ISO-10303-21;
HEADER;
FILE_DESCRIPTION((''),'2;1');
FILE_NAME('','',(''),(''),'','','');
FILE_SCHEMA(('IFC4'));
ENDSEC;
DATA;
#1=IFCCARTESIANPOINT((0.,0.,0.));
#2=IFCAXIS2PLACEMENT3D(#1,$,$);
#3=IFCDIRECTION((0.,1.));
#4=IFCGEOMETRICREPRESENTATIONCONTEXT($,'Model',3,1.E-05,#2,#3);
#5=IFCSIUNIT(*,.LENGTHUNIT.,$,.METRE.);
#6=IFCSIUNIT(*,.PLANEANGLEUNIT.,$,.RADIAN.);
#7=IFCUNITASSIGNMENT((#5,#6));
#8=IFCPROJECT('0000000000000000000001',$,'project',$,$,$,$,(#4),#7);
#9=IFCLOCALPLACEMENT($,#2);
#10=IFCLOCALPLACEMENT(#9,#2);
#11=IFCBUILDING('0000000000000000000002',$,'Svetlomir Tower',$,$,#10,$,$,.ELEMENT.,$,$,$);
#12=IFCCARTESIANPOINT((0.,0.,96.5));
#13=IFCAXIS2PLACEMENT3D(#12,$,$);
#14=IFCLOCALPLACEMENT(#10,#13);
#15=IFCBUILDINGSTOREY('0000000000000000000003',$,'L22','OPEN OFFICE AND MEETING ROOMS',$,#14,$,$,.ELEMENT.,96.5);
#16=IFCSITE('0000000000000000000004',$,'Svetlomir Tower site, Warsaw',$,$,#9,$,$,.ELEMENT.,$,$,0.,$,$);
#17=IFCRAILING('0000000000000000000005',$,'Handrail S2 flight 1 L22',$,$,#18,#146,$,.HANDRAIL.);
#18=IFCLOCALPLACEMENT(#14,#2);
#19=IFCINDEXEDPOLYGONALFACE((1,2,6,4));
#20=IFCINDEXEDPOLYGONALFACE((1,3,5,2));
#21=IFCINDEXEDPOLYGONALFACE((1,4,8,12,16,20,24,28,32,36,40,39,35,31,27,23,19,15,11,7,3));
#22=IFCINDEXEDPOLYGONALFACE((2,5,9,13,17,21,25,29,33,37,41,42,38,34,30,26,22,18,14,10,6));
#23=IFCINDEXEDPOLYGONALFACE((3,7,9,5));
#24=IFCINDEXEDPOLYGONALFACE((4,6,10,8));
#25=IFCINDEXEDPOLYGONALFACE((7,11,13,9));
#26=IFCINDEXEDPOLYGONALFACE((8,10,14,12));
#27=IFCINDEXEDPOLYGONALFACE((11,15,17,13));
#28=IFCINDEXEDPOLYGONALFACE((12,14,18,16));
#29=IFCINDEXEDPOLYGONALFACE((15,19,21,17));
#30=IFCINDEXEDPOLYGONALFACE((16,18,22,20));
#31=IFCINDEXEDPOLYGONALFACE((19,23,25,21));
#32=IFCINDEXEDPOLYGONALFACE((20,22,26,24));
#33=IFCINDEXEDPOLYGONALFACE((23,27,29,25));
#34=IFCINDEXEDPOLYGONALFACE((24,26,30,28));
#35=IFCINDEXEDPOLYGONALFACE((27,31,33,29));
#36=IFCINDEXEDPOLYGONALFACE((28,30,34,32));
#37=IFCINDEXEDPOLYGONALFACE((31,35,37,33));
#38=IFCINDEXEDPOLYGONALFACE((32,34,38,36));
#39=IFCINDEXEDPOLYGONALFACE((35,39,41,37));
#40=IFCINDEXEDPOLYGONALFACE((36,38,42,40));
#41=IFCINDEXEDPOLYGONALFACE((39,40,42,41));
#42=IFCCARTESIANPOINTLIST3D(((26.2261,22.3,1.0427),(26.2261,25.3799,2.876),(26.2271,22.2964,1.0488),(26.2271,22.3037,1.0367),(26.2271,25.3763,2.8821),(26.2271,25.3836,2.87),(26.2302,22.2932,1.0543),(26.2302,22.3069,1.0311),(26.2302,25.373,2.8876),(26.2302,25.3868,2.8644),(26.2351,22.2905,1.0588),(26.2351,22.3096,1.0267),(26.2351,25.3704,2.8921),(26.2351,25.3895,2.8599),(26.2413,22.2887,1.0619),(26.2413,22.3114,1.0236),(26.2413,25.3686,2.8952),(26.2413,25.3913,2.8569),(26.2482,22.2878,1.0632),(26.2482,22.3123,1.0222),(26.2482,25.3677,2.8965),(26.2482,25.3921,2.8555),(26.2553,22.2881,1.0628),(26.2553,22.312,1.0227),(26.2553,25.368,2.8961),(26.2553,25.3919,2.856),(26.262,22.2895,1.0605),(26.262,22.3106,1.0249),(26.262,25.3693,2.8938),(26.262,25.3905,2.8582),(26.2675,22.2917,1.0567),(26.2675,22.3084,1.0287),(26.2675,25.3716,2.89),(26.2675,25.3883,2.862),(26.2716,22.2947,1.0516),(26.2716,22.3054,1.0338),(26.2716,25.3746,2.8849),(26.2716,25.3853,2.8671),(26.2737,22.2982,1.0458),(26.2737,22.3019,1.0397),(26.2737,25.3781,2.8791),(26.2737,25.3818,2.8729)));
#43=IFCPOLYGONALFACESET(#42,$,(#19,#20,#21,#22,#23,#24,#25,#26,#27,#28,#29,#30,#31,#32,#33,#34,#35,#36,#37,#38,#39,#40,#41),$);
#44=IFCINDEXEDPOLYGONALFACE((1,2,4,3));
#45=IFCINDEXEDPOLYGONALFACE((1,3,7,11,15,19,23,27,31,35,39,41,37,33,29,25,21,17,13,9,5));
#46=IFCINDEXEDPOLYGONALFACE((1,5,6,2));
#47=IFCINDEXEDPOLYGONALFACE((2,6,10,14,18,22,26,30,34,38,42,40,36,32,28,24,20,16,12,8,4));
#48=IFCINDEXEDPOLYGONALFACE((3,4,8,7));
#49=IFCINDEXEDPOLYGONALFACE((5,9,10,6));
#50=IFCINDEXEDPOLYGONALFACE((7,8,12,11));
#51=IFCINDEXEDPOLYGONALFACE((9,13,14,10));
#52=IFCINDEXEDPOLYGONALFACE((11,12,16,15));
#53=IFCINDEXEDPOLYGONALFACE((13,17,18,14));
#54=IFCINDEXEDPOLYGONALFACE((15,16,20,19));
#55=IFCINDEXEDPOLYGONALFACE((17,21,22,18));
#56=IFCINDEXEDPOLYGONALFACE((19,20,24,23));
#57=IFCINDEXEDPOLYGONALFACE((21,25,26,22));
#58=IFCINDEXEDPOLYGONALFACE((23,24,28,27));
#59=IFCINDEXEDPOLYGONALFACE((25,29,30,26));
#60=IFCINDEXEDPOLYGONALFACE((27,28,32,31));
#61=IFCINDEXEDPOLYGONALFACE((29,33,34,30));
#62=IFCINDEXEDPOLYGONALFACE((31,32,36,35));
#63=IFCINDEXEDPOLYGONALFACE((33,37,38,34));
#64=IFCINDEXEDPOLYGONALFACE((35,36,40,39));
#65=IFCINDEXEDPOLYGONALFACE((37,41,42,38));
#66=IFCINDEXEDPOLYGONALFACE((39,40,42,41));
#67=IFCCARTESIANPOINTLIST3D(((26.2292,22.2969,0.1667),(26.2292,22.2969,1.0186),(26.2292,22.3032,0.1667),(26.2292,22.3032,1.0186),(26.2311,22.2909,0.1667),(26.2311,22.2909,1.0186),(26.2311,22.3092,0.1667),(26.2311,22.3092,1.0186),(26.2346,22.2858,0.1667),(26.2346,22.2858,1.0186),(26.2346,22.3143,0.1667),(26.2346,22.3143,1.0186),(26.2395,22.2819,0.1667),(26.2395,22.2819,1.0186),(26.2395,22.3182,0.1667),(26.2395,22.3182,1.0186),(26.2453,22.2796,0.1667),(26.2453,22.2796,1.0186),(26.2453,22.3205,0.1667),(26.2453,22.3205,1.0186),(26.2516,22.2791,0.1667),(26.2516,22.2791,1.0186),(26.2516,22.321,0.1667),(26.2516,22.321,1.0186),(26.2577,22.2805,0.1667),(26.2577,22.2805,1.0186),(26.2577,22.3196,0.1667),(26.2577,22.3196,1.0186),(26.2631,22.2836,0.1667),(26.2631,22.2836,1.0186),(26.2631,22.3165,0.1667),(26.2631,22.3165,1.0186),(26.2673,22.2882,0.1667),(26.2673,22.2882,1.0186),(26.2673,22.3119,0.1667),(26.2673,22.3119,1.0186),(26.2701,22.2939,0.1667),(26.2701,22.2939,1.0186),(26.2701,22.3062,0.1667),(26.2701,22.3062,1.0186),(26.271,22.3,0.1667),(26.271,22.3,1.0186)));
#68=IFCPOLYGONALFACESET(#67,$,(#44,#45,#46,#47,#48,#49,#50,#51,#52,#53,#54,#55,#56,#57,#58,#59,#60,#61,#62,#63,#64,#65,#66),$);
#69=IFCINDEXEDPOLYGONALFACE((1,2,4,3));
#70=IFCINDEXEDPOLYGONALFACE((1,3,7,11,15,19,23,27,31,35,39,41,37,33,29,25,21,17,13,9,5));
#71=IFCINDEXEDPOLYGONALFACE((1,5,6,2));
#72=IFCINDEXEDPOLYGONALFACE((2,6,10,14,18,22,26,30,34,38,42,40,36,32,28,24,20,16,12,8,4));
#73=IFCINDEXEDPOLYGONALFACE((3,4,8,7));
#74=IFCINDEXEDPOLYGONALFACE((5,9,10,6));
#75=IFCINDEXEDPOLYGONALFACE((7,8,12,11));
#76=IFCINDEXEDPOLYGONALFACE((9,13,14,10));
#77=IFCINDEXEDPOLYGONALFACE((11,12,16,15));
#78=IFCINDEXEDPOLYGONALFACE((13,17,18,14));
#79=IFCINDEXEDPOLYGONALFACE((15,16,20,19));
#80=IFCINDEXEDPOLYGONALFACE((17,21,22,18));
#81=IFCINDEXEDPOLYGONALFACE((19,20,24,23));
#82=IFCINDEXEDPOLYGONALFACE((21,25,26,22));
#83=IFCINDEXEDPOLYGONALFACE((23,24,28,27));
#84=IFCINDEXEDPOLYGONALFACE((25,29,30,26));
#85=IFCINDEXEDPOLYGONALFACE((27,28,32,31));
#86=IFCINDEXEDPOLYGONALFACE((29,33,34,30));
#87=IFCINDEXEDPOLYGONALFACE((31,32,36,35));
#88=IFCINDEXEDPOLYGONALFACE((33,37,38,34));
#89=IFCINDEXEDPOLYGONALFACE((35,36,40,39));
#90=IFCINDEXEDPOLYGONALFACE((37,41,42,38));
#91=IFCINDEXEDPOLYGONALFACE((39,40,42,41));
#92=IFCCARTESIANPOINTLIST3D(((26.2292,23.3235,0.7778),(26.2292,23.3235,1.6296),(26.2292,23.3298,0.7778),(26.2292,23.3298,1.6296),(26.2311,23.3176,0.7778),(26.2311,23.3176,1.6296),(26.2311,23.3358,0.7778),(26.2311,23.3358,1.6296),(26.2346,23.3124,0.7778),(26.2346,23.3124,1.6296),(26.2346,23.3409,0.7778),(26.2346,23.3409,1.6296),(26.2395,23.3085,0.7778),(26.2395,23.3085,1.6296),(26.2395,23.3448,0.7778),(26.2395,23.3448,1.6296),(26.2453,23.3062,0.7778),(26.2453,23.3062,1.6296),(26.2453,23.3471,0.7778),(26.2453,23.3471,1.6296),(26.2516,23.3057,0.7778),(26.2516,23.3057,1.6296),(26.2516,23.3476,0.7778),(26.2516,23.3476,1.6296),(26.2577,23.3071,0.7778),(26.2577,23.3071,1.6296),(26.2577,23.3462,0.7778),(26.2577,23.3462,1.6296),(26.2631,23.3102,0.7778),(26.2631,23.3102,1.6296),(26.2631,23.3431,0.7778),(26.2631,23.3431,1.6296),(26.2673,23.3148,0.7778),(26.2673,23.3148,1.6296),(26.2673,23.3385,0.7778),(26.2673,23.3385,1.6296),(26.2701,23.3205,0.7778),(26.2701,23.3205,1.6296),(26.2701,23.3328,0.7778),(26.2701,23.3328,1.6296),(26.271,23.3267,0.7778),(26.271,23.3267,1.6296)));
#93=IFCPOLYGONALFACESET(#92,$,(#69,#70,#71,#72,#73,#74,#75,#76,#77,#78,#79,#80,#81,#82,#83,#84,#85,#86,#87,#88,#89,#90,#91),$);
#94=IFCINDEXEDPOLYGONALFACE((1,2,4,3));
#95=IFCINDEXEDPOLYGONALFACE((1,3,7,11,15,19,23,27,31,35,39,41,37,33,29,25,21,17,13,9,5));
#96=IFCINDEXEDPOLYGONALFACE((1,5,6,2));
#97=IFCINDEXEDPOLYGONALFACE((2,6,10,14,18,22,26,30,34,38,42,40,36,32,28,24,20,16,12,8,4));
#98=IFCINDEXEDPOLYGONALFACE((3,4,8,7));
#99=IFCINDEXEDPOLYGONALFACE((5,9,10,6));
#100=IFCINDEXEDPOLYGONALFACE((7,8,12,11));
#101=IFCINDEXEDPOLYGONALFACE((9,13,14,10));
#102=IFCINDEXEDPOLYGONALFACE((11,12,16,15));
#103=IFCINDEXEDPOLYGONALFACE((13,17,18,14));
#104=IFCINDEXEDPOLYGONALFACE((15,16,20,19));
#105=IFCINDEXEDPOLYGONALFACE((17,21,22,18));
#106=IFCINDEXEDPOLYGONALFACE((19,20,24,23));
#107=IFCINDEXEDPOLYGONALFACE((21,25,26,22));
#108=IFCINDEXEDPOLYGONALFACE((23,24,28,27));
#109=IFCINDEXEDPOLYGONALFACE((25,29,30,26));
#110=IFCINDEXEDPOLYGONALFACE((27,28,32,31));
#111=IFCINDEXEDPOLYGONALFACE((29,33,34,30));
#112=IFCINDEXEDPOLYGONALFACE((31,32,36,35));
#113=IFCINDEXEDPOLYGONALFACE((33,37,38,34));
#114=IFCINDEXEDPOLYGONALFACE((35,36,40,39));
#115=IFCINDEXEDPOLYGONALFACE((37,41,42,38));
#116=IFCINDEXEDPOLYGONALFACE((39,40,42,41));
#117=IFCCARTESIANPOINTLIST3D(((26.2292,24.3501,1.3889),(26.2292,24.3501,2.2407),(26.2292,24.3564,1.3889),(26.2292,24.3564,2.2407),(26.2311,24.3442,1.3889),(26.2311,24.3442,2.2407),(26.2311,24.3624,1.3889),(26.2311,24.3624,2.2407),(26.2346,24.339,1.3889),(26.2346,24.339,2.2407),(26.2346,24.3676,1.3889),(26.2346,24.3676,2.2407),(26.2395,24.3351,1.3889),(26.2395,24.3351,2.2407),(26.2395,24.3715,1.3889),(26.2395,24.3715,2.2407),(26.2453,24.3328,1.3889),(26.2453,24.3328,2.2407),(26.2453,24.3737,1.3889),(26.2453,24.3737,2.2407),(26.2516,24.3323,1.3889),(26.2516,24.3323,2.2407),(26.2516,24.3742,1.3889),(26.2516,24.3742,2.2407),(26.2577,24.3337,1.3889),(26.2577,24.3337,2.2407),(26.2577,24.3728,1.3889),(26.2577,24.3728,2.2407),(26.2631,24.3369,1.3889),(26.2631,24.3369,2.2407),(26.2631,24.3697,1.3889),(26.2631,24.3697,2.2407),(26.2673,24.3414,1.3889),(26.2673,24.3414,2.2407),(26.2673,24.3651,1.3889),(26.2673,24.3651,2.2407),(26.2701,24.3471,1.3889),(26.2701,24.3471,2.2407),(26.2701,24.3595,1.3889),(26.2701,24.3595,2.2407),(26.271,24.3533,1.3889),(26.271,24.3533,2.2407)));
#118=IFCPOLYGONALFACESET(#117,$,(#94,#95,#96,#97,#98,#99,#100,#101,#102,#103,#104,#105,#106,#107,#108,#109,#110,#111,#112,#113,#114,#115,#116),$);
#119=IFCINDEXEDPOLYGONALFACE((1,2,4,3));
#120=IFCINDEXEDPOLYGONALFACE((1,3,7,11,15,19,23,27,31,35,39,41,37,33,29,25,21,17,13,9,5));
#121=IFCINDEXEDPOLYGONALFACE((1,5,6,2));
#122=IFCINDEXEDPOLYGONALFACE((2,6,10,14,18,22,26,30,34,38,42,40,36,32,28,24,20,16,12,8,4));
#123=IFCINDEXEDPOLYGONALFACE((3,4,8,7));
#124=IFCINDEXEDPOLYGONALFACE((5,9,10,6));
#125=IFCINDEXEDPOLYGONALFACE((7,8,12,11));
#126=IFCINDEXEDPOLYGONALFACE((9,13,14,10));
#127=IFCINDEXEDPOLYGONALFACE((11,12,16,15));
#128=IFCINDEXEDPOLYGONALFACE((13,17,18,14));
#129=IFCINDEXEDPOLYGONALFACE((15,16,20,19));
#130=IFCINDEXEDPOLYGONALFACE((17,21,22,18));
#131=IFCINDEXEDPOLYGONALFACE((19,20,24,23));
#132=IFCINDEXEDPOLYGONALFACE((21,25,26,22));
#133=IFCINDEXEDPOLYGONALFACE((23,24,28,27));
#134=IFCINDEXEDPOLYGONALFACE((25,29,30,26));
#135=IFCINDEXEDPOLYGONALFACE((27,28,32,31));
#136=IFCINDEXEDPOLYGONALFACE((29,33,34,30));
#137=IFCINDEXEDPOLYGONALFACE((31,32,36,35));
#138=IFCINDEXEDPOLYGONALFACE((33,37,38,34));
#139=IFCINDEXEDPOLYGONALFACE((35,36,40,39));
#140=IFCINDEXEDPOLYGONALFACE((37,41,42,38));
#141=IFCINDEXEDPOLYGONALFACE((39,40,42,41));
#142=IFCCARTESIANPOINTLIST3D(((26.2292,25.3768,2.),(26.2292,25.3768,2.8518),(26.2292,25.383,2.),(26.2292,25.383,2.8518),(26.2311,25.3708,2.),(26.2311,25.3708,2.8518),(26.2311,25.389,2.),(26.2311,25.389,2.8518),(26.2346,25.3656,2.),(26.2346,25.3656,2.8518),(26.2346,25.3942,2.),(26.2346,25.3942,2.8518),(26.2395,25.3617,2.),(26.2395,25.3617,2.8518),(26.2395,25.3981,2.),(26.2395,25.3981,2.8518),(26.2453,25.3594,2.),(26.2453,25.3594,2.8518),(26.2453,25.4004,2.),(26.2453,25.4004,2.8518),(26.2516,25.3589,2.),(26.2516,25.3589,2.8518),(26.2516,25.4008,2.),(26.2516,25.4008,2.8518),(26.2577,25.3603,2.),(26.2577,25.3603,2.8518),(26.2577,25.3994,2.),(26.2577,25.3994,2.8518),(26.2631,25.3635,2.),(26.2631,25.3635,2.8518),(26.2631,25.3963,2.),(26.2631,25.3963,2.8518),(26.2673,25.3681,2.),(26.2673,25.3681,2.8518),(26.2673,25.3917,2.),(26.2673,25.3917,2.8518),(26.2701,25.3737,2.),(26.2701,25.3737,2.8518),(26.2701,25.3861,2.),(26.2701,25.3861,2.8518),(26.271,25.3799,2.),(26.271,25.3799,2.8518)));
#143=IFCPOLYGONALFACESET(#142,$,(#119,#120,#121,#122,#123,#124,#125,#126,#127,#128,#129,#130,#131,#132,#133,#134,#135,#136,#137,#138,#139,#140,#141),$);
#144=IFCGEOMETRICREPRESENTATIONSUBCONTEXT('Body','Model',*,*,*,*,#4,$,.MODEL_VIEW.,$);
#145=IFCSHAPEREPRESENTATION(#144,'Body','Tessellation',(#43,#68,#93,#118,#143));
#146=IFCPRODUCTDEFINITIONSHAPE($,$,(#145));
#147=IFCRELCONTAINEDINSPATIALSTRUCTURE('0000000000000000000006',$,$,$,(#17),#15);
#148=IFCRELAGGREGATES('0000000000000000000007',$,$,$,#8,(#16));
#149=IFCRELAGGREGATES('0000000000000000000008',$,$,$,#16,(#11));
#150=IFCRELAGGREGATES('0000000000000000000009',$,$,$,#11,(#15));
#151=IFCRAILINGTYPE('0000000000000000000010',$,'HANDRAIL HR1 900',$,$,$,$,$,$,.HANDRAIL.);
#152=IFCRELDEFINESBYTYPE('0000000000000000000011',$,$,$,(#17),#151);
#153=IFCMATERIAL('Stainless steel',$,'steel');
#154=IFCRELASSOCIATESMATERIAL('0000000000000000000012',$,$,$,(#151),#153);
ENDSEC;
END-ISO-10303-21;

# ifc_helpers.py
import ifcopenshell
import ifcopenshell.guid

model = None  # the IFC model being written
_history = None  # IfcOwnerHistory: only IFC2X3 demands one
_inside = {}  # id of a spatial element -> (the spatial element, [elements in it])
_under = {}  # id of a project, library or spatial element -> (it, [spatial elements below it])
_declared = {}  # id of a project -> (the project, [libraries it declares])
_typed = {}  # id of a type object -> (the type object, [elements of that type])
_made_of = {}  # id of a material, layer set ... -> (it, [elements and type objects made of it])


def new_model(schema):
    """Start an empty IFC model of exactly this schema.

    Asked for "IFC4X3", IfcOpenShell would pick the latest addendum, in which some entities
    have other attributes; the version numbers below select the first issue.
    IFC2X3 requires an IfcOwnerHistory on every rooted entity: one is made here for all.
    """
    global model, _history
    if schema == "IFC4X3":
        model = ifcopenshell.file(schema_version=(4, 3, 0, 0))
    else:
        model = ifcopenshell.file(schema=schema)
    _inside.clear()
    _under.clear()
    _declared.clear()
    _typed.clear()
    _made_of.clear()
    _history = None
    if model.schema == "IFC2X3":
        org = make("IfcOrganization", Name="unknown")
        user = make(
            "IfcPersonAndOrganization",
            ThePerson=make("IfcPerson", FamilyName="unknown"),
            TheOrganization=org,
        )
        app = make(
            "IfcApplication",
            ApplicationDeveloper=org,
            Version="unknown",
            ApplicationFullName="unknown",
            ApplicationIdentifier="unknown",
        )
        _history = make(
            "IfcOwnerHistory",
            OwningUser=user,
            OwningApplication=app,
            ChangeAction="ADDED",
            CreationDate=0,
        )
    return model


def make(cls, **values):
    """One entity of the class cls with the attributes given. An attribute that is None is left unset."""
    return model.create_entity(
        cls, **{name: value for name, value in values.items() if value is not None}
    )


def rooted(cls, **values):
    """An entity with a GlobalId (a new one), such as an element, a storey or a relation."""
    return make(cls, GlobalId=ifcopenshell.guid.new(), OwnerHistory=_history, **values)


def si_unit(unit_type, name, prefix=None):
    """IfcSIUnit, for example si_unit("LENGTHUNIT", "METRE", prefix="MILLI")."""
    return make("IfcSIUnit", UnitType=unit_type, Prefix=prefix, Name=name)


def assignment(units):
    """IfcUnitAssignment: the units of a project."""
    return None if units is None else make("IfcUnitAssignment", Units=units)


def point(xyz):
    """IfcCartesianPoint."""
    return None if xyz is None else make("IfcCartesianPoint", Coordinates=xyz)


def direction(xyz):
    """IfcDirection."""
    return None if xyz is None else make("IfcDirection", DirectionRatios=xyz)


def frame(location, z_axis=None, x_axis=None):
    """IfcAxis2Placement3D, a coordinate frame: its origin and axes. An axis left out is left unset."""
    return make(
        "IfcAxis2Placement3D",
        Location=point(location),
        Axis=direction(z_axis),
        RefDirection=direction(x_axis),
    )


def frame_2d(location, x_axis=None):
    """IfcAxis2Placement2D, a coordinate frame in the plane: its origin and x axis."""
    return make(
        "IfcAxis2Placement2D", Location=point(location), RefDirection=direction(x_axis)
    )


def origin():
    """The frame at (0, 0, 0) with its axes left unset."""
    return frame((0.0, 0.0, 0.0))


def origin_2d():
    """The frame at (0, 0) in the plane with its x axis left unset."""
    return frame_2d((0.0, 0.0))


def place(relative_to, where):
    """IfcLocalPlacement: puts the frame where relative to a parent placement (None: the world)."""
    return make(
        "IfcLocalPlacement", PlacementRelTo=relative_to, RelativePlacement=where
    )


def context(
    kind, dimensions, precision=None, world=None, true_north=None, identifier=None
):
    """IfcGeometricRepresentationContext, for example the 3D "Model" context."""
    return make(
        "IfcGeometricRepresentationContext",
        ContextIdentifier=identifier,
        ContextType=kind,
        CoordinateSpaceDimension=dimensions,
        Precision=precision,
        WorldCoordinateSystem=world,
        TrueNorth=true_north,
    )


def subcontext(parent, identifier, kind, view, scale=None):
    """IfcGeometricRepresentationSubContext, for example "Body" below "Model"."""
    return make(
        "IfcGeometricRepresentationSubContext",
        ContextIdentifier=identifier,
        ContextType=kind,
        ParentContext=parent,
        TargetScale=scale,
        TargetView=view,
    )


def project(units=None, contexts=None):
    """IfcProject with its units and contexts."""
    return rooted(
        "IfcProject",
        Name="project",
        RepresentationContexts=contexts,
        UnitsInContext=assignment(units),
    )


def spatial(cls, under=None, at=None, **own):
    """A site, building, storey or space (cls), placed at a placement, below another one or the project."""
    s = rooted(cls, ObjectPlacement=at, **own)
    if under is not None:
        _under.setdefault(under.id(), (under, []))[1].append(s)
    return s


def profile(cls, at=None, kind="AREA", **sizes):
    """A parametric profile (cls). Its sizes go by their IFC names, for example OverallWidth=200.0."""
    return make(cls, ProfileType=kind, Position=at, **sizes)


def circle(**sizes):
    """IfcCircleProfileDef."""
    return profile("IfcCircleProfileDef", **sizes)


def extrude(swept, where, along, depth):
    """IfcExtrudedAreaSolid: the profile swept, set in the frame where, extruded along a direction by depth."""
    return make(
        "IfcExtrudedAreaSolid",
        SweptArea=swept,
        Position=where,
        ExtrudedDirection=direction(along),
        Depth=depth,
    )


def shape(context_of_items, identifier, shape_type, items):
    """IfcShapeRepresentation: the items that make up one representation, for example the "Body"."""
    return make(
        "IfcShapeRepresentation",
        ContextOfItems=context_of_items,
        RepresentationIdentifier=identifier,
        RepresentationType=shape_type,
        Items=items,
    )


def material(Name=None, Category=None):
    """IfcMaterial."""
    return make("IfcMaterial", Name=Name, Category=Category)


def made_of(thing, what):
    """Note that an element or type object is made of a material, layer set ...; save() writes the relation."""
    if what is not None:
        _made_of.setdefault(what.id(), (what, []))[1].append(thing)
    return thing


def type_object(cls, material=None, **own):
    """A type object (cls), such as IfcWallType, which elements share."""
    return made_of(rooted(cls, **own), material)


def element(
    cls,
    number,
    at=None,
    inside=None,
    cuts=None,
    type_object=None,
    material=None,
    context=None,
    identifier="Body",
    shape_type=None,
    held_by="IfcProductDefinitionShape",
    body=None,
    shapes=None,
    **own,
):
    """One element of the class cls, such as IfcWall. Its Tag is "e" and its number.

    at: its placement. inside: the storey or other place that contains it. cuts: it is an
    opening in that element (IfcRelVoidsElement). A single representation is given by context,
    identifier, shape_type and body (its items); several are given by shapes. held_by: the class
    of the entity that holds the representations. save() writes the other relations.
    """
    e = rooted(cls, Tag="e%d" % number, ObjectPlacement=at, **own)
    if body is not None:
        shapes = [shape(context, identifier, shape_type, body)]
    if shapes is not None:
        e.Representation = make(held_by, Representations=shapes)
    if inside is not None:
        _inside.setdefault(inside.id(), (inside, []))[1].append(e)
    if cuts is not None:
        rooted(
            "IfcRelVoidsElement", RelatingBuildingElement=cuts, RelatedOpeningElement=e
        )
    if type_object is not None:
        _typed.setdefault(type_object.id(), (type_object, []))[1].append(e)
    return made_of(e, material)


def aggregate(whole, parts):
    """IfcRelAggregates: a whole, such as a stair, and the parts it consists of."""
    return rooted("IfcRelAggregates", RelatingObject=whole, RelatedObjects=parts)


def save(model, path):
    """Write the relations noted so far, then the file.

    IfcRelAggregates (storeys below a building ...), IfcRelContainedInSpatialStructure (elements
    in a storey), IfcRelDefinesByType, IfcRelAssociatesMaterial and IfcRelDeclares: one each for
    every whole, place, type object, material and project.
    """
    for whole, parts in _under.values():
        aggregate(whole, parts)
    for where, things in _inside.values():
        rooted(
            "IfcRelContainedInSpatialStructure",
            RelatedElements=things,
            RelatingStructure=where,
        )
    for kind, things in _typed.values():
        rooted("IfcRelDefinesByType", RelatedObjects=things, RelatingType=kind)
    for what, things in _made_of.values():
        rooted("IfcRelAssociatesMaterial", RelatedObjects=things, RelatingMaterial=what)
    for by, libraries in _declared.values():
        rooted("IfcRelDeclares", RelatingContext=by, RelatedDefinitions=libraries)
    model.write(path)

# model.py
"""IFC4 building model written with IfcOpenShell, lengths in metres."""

from ifc_helpers import new_model, si_unit, direction, frame, origin, origin_2d, place, context, subcontext, project, spatial, circle, extrude, material, type_object, element, save


model = new_model("IFC4")

# Units and contexts
model_context = context("Model", 3, precision=1e-05, world=origin(), true_north=direction((0.0, 1.0)))
body_context = subcontext(model_context, "Body", "Model", "MODEL_VIEW")
ifc_project = project(units=[si_unit("LENGTHUNIT", "METRE"), si_unit("PLANEANGLEUNIT", "RADIAN")], contexts=[model_context])

# Site, building, storey
site_placement = place(None, origin())
site = spatial("IfcSite", under=ifc_project, at=site_placement, Name="Svetlomir Tower site, Warsaw", CompositionType="ELEMENT", RefElevation=0.0)
building_placement = place(site_placement, origin())
building = spatial("IfcBuilding", under=site, at=building_placement, Name="Svetlomir Tower", CompositionType="ELEMENT")
storey_placement = place(building_placement, frame((0.0, 0.0, 96.5)))
storey = spatial("IfcBuildingStorey", under=building, at=storey_placement, Name="L22", Description="OPEN OFFICE AND MEETING ROOMS", CompositionType="ELEMENT", Elevation=96.5)

# Railing
ifc_material_1 = material(Name="Stainless steel", Category="steel")
railing_type = type_object("IfcRailingType", Name="HANDRAIL HR1 900", PredefinedType="HANDRAIL", material=ifc_material_1)
railing_1_placement = place(storey_placement, frame((26.25, 22.3, 0.1667)))
element("IfcRailing", 1, at=railing_1_placement, inside=storey, type_object=railing_type, Name="Handrail S2 flight 1 L22", PredefinedType="HANDRAIL", context=body_context, shape_type="SweptSolid", body=[
    extrude(circle(Radius=0.0239, at=origin_2d()), frame((0.0, 0.0, 0.876), z_axis=(0.0, 0.859291, 0.511487), x_axis=(-1.0, 0.0, 0.0)), (0.0, 0.0, 1.0), 3.5842),
    extrude(circle(Radius=0.021, at=origin_2d()), origin(), (0.0, 0.0, 1.0), 0.8518),
    extrude(circle(Radius=0.021, at=origin_2d()), frame((0.0, 1.0266, 0.6111)), (0.0, 0.0, 1.0), 0.8518),
    extrude(circle(Radius=0.021, at=origin_2d()), frame((0.0, 2.0532, 1.2222)), (0.0, 0.0, 1.0), 0.8518),
    extrude(circle(Radius=0.021, at=origin_2d()), frame((0.0, 3.0798, 1.8333)), (0.0, 0.0, 1.0), 0.8518),
])

save(model, "model.ifc")
